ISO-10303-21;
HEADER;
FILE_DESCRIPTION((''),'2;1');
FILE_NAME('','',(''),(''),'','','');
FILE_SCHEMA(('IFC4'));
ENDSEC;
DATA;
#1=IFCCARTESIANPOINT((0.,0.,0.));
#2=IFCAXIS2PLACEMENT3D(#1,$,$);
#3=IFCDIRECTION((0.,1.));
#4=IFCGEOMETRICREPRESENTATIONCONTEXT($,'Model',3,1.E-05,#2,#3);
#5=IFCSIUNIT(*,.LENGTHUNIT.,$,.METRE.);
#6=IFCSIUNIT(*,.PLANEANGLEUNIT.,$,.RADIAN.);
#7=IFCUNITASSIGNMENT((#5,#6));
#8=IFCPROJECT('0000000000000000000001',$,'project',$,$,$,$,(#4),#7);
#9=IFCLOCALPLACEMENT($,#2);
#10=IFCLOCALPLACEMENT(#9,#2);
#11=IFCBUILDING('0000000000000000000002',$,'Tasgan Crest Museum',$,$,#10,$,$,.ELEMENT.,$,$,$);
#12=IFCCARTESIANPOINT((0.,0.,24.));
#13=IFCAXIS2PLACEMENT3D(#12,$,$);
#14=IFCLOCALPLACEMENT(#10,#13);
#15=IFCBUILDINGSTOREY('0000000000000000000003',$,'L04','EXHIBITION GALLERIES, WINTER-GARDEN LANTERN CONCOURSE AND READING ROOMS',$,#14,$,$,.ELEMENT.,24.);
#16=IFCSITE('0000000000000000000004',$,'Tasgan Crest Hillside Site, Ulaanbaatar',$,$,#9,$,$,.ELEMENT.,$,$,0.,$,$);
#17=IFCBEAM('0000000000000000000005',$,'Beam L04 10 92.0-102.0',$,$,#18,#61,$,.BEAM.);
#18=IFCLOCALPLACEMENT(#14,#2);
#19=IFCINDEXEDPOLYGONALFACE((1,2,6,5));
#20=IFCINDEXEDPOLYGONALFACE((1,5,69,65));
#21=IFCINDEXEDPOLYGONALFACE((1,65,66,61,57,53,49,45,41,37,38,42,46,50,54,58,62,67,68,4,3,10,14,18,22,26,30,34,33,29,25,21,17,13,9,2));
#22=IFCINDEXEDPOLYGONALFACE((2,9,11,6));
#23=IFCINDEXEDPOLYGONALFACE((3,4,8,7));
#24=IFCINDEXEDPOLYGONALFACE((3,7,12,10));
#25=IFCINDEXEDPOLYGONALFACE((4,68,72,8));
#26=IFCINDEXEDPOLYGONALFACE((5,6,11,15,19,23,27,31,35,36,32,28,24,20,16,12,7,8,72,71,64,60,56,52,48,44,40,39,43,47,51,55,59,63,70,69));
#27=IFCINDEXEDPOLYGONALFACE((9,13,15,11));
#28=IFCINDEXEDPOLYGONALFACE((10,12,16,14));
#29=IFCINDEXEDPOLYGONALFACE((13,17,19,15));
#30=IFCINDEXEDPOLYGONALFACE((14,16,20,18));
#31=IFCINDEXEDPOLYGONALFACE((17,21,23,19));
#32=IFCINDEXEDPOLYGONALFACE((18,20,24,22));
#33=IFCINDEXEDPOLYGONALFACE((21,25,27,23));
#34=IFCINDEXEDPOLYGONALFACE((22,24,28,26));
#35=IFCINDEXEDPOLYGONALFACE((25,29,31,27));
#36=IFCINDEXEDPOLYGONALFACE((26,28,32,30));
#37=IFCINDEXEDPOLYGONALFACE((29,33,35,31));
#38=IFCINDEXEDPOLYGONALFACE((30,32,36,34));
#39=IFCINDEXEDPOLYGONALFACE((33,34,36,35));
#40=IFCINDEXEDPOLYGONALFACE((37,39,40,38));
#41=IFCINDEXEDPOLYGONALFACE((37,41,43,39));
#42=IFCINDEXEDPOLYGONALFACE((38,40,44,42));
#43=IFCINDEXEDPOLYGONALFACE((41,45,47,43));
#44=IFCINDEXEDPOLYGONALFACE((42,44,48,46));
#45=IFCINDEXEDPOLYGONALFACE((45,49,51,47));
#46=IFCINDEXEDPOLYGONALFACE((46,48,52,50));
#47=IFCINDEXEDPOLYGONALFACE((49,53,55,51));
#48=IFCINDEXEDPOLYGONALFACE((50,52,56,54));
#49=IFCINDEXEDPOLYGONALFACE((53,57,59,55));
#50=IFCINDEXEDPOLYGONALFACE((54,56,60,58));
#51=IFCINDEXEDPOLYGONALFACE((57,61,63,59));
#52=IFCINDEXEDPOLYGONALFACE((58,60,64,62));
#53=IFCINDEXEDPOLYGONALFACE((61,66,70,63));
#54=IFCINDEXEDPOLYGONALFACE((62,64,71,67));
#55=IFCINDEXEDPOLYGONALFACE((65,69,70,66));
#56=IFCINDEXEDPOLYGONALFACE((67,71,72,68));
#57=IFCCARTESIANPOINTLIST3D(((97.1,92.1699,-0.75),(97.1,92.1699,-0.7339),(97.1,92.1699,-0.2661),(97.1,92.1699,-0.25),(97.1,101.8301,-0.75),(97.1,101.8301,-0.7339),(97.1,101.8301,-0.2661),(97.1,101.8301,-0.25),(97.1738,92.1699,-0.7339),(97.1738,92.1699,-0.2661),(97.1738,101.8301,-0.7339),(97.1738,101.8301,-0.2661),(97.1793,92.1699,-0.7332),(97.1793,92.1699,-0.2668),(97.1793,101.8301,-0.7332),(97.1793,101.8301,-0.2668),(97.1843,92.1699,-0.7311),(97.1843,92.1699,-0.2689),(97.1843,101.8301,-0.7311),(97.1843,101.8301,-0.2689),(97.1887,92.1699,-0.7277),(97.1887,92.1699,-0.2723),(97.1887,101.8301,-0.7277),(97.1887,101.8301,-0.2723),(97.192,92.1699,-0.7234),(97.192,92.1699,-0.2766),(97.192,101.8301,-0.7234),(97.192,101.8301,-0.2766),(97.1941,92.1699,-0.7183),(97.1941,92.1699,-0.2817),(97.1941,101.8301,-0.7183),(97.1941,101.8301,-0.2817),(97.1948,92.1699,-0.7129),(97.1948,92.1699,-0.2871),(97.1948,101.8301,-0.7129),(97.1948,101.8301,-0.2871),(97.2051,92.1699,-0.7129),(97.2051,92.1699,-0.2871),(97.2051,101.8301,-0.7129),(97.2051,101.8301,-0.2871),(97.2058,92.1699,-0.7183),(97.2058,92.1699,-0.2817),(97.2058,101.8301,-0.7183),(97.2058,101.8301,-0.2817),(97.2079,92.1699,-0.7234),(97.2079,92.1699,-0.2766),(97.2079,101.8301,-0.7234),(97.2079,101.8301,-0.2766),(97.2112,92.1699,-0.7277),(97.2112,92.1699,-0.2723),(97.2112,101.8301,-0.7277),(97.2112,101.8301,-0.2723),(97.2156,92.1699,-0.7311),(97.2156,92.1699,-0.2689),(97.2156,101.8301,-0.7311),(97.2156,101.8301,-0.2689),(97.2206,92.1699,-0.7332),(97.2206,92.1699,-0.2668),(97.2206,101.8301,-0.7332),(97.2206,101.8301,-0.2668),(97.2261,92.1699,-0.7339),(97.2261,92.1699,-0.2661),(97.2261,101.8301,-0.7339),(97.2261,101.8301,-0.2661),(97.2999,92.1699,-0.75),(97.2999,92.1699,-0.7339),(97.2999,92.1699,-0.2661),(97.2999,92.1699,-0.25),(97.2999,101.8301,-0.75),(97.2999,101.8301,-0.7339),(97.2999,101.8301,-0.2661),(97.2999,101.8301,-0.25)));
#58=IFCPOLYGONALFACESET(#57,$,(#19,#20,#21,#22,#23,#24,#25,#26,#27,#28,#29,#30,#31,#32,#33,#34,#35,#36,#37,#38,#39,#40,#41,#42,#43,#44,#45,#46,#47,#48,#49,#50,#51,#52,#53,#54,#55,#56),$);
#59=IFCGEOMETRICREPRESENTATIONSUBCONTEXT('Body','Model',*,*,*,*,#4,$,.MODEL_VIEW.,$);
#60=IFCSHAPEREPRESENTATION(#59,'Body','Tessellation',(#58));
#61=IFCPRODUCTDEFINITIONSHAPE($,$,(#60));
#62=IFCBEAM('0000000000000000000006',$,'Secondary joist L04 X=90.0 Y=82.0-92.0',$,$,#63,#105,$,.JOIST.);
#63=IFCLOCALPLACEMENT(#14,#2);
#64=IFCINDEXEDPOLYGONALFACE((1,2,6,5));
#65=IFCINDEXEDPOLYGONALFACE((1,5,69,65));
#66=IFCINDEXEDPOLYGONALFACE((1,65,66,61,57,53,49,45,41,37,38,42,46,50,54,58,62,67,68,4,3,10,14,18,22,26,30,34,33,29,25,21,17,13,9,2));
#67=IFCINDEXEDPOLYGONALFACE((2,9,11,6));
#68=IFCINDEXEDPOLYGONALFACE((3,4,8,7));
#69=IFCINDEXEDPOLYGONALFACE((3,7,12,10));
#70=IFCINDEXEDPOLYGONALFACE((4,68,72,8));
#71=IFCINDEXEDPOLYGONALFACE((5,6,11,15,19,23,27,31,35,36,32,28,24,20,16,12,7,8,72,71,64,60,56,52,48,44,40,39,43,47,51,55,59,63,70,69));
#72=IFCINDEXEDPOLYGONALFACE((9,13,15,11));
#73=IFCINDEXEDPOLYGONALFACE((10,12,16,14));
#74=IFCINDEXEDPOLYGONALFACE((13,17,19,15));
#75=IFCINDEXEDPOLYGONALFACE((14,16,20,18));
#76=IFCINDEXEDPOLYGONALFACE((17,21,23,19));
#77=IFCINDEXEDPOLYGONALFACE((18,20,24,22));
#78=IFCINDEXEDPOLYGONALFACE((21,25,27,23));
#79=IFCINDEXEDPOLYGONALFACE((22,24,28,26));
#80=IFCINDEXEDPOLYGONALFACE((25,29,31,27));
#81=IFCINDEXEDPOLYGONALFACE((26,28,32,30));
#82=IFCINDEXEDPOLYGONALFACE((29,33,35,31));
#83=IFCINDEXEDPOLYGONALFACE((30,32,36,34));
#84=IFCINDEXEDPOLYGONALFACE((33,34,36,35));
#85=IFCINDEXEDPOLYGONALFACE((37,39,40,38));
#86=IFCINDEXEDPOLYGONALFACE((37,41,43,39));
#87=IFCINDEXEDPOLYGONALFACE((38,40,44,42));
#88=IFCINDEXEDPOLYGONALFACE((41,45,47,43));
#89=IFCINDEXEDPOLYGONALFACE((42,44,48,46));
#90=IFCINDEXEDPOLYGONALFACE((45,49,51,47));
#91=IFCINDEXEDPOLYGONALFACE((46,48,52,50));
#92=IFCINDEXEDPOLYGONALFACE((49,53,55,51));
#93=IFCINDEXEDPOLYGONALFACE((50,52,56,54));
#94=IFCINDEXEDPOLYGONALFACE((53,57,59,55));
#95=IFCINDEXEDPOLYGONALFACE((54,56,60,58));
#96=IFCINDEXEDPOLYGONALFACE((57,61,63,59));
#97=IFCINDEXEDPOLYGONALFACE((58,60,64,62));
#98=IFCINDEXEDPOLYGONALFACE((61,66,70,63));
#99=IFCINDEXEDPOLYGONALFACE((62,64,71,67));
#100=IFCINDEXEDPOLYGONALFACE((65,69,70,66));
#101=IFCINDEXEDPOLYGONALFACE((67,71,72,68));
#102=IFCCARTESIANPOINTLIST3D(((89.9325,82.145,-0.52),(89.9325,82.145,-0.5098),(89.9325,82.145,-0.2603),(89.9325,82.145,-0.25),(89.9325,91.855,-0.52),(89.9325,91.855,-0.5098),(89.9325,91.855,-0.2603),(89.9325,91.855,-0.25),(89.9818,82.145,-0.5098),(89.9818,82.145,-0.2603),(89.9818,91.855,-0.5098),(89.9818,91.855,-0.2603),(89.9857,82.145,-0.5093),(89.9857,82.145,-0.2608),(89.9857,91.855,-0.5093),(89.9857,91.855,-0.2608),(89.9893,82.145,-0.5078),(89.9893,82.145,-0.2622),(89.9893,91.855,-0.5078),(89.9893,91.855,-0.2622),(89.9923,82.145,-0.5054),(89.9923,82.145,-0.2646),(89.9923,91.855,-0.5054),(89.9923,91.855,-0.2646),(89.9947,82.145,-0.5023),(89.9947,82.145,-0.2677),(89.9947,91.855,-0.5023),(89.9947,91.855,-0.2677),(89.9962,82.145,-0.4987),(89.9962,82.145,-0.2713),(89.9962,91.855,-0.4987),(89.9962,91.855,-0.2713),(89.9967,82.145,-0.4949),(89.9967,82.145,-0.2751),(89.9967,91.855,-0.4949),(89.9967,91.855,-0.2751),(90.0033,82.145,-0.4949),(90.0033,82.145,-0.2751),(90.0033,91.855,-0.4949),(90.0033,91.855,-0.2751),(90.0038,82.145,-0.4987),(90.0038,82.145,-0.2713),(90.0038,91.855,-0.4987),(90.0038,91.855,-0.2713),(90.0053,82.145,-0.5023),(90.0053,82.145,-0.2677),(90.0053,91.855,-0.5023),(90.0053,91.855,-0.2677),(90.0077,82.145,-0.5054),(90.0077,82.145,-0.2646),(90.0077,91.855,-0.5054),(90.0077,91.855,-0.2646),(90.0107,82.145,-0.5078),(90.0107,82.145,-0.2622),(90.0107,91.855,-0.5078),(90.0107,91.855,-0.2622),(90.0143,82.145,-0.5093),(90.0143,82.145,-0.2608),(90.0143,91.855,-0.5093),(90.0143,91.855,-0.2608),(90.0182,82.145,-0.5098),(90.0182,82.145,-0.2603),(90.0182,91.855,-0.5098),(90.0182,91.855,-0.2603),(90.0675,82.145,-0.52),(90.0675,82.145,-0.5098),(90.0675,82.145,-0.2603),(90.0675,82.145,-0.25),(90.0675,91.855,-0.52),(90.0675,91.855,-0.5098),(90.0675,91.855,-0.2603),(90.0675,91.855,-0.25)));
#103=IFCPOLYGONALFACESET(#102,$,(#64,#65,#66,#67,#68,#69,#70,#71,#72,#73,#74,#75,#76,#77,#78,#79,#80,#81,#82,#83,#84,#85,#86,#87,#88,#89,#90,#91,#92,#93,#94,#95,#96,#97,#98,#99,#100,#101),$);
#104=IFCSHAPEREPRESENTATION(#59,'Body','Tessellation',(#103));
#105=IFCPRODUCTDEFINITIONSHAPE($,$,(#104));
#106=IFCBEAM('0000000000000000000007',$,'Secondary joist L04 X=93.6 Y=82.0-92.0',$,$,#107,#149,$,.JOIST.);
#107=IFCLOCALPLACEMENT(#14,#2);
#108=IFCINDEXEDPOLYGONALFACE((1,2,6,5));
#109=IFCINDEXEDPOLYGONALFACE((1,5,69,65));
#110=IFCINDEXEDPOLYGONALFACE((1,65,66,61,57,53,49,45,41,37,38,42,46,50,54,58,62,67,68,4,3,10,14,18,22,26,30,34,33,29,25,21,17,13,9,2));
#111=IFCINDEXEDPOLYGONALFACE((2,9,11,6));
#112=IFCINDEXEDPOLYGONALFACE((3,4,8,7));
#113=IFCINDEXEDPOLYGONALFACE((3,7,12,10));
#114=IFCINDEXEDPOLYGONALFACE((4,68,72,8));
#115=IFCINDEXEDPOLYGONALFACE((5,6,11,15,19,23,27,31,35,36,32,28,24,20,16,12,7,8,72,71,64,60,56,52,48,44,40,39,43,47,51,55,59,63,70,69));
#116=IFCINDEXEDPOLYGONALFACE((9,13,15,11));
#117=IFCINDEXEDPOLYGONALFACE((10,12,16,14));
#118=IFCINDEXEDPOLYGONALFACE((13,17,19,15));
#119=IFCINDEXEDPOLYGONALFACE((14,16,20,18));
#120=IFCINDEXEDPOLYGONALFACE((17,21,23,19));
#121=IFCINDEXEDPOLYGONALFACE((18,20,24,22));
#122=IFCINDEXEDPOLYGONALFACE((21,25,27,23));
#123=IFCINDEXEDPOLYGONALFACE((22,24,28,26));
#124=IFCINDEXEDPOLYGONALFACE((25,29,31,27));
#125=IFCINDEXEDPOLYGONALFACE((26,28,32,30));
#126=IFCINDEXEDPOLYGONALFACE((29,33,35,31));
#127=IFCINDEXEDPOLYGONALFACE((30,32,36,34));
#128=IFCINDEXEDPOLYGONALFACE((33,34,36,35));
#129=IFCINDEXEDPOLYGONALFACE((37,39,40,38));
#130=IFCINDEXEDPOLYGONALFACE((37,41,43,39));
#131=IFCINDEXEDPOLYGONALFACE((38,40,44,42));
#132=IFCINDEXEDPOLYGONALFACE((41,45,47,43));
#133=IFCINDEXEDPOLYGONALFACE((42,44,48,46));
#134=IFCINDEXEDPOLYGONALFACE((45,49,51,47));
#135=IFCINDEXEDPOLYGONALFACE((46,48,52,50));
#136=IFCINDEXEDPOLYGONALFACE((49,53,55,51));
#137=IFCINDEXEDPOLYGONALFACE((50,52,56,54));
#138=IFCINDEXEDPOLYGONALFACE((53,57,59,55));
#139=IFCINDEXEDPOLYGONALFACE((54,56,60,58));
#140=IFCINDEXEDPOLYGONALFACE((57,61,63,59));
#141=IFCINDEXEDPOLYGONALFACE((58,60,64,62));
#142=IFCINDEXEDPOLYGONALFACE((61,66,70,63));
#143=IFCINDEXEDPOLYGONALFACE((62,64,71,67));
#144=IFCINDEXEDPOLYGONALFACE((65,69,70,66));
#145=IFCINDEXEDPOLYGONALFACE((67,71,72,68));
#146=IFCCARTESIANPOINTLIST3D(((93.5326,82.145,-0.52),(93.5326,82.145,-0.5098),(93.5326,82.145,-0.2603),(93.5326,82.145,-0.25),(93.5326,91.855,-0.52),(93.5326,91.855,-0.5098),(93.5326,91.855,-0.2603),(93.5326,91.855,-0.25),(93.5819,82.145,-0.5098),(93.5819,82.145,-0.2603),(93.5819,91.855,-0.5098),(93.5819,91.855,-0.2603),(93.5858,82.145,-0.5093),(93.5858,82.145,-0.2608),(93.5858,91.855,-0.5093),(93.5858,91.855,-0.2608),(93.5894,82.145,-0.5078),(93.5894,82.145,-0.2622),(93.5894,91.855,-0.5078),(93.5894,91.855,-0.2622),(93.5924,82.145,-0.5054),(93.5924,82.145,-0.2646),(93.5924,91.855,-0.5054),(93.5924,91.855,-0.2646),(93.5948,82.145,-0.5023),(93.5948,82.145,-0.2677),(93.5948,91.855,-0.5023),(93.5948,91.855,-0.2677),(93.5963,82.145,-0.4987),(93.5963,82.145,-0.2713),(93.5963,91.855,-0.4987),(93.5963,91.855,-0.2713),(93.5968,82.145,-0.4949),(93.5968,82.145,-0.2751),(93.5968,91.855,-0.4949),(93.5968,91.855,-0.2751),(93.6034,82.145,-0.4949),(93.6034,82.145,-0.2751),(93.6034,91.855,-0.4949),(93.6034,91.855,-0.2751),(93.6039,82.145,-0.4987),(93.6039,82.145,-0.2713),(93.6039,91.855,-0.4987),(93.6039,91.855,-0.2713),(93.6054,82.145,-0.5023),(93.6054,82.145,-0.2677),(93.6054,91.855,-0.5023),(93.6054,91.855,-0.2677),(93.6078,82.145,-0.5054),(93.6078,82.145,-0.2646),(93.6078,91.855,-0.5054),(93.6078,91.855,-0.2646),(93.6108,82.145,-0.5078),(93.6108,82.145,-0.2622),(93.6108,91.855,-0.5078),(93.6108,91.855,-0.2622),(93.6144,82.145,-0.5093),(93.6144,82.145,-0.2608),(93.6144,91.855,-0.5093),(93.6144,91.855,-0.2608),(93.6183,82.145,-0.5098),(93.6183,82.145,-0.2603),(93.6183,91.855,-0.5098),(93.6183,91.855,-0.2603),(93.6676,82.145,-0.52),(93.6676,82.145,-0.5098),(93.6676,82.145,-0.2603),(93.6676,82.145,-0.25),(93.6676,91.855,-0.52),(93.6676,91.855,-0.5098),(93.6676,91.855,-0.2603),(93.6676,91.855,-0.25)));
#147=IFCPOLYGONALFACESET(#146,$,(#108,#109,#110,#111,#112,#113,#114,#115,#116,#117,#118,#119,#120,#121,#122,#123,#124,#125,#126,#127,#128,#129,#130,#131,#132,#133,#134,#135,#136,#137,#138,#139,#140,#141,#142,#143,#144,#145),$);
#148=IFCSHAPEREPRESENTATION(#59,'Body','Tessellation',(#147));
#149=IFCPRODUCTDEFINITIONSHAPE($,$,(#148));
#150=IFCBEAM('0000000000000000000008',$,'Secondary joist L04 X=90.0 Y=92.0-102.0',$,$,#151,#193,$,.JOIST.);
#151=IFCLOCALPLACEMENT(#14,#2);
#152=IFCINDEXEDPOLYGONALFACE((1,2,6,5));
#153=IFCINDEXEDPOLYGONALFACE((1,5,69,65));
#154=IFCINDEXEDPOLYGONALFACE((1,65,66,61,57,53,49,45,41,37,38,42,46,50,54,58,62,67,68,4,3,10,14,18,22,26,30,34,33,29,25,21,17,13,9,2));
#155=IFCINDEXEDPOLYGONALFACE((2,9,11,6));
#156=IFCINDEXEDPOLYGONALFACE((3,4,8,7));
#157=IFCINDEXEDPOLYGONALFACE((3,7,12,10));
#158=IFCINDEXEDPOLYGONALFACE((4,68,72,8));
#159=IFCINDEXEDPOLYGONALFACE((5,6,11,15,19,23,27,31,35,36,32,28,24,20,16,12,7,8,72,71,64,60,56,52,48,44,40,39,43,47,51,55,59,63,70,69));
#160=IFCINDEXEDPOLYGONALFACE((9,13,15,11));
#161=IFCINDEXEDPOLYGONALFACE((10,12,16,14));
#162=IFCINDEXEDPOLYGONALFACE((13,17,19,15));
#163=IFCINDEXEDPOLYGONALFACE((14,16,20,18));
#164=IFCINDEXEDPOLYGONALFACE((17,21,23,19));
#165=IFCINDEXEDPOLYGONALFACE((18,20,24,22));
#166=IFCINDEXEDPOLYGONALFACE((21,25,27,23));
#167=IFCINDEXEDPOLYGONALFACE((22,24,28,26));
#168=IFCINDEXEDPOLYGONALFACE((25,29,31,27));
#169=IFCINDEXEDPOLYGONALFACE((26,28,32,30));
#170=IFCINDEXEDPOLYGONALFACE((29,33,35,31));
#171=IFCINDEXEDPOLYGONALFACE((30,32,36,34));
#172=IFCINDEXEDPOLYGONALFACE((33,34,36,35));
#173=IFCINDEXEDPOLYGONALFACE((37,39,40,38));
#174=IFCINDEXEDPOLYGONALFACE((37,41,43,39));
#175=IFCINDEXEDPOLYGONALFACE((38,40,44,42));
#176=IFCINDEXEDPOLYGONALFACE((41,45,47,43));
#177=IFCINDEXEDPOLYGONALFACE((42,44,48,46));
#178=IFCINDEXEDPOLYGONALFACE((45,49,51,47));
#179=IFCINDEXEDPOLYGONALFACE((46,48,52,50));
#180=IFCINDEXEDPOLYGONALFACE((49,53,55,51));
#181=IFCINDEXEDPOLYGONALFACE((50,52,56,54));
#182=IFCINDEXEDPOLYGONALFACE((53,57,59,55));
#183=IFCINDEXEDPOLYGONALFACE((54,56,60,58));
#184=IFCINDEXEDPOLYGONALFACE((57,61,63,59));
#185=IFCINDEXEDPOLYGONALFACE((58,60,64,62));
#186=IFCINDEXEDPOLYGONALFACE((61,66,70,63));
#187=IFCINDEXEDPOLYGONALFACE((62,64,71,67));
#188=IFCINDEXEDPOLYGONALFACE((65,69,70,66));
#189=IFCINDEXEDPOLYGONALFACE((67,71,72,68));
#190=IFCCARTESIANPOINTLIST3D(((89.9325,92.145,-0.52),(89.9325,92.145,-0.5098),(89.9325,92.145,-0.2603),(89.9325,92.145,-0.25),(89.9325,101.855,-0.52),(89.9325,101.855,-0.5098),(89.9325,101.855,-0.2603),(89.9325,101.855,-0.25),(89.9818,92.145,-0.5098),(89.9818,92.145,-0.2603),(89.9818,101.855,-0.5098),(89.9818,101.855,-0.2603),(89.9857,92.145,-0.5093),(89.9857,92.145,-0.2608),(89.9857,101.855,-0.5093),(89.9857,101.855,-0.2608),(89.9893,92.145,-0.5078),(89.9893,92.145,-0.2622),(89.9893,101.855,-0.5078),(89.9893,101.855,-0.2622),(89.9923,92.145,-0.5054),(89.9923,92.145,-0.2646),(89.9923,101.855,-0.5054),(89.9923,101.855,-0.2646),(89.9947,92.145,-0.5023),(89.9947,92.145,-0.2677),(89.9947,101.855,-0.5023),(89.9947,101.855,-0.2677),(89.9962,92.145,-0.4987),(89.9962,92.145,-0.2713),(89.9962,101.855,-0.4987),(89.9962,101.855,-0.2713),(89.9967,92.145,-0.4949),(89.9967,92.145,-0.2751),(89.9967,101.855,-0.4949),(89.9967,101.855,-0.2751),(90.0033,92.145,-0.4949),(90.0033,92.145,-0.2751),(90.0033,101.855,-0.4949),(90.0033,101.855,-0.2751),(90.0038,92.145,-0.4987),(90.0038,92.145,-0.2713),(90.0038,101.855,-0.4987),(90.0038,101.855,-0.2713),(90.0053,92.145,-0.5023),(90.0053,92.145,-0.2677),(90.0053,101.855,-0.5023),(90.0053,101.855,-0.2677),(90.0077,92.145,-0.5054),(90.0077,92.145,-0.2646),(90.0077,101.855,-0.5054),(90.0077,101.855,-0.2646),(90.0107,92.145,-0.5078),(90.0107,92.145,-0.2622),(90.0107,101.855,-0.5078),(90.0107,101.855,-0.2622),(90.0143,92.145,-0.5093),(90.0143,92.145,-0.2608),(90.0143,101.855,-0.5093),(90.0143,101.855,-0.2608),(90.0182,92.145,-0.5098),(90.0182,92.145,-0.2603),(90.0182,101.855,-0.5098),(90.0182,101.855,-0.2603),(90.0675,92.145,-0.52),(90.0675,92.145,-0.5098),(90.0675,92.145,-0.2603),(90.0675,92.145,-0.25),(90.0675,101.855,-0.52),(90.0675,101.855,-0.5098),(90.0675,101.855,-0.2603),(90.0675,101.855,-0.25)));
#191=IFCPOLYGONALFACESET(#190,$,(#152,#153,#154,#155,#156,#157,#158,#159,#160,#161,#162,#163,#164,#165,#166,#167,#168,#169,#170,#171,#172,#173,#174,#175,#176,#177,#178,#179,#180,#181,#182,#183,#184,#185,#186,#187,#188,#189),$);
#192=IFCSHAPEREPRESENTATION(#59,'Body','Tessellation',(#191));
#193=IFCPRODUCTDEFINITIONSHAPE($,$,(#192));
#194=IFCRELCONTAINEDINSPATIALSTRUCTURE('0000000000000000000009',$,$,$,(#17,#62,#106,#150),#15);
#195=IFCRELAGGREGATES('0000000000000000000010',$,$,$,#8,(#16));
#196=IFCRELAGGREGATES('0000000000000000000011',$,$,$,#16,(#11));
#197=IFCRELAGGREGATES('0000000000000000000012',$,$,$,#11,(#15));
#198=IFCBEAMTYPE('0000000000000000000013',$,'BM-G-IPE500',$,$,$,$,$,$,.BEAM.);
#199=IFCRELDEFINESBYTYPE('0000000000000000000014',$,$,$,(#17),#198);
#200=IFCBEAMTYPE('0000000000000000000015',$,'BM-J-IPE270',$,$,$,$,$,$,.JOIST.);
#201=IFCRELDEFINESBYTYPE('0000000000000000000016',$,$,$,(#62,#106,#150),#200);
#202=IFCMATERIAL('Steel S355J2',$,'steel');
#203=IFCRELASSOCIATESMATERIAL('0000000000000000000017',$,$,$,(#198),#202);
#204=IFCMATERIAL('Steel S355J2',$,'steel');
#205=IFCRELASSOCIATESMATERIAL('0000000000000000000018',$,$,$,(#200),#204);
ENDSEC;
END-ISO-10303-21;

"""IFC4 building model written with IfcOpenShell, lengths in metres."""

from ifc_helpers import new_model, si_unit, direction, frame, origin, origin_2d, place, context, subcontext, project, spatial, i_section, extrude, material, material_profile, profile_set, type_object, element, save


model = new_model("IFC4")

# Units and contexts
model_context = context("Model", 3, precision=1e-05, world=origin(), true_north=direction((0.0, 1.0)))
body_context = subcontext(model_context, "Body", "Model", "MODEL_VIEW")
ifc_project = project(units=[si_unit("LENGTHUNIT", "METRE"), si_unit("PLANEANGLEUNIT", "RADIAN")], contexts=[model_context])

# Site, building, storey
site_placement = place(None, origin())
site = spatial("IfcSite", under=ifc_project, at=site_placement, Name="Tasgan Crest Hillside Site, Ulaanbaatar", CompositionType="ELEMENT", RefElevation=0.0)
building_placement = place(site_placement, origin())
building = spatial("IfcBuilding", under=site, at=building_placement, Name="Tasgan Crest Museum", CompositionType="ELEMENT")
storey_placement = place(building_placement, frame((0.0, 0.0, 24.0)))
storey = spatial("IfcBuildingStorey", under=building, at=storey_placement, Name="L04", Description="EXHIBITION GALLERIES, WINTER-GARDEN LANTERN CONCOURSE AND READING ROOMS", CompositionType="ELEMENT", Elevation=24.0)

# Beams
ifc_material_1 = material(Name="Steel S355J2", Category="steel")
ifc_material_profile_1 = material_profile(ifc_material_1, i_section(OverallWidth=0.2, OverallDepth=0.5, WebThickness=0.0103, FlangeThickness=0.0161, FilletRadius=0.021, at=origin_2d()), Name="IPE 500")
ifc_profile_set_1 = profile_set([ifc_material_profile_1], Name="Steel S355J2")
beam_type_1 = type_object("IfcBeamType", Name="BM-G-IPE500", PredefinedType="BEAM", material=ifc_profile_set_1)
beam_1_placement = place(storey_placement, frame((97.2, 92.1699, -0.5), z_axis=(0.0, 1.0, 0.0), x_axis=(-1.0, 0.0, 0.0)))
element("IfcBeam", 1, at=beam_1_placement, inside=storey, type_object=beam_type_1, Name="Beam L04 10 92.0-102.0", PredefinedType="BEAM", context=body_context, shape_type="SweptSolid", body=[
    extrude(i_section(OverallWidth=0.2, OverallDepth=0.5, WebThickness=0.0103, FlangeThickness=0.0161, FilletRadius=0.021, at=origin_2d()), origin(), (0.0, 0.0, 1.0), 9.6602),
])
ifc_material_2 = material(Name="Steel S355J2", Category="steel")
ifc_material_profile_2 = material_profile(ifc_material_2, i_section(OverallWidth=0.135, OverallDepth=0.27, WebThickness=0.0066, FlangeThickness=0.0103, FilletRadius=0.0149, at=origin_2d()), Name="IPE 270")
ifc_profile_set_2 = profile_set([ifc_material_profile_2], Name="Steel S355J2")
beam_type_2 = type_object("IfcBeamType", Name="BM-J-IPE270", PredefinedType="JOIST", material=ifc_profile_set_2)
for number, where, z_axis, x_axis, name in (
    (2, (90.0, 82.145, -0.385), (0.0, 1.0, 0.0), (-1.0, 0.0, 0.0), "Secondary joist L04 X=90.0 Y=82.0-92.0"),
    (3, (93.6001, 82.145, -0.385), (0.0, 1.0, 0.0), (-1.0, 0.0, 0.0), "Secondary joist L04 X=93.6 Y=82.0-92.0"),
    (4, (90.0, 92.145, -0.385), (0.0, 1.0, 0.0), (-1.0, 0.0, 0.0), "Secondary joist L04 X=90.0 Y=92.0-102.0"),
):
    element("IfcBeam", number, at=place(storey_placement, frame(where, z_axis=z_axis, x_axis=x_axis)), inside=storey, type_object=beam_type_2, Name=name, PredefinedType="JOIST", context=body_context, shape_type="SweptSolid", body=[
        extrude(i_section(OverallWidth=0.135, OverallDepth=0.27, WebThickness=0.0066, FlangeThickness=0.0103, FilletRadius=0.0149, at=origin_2d()), origin(), (0.0, 0.0, 1.0), 9.71),
    ])

save(model, "model.ifc")
